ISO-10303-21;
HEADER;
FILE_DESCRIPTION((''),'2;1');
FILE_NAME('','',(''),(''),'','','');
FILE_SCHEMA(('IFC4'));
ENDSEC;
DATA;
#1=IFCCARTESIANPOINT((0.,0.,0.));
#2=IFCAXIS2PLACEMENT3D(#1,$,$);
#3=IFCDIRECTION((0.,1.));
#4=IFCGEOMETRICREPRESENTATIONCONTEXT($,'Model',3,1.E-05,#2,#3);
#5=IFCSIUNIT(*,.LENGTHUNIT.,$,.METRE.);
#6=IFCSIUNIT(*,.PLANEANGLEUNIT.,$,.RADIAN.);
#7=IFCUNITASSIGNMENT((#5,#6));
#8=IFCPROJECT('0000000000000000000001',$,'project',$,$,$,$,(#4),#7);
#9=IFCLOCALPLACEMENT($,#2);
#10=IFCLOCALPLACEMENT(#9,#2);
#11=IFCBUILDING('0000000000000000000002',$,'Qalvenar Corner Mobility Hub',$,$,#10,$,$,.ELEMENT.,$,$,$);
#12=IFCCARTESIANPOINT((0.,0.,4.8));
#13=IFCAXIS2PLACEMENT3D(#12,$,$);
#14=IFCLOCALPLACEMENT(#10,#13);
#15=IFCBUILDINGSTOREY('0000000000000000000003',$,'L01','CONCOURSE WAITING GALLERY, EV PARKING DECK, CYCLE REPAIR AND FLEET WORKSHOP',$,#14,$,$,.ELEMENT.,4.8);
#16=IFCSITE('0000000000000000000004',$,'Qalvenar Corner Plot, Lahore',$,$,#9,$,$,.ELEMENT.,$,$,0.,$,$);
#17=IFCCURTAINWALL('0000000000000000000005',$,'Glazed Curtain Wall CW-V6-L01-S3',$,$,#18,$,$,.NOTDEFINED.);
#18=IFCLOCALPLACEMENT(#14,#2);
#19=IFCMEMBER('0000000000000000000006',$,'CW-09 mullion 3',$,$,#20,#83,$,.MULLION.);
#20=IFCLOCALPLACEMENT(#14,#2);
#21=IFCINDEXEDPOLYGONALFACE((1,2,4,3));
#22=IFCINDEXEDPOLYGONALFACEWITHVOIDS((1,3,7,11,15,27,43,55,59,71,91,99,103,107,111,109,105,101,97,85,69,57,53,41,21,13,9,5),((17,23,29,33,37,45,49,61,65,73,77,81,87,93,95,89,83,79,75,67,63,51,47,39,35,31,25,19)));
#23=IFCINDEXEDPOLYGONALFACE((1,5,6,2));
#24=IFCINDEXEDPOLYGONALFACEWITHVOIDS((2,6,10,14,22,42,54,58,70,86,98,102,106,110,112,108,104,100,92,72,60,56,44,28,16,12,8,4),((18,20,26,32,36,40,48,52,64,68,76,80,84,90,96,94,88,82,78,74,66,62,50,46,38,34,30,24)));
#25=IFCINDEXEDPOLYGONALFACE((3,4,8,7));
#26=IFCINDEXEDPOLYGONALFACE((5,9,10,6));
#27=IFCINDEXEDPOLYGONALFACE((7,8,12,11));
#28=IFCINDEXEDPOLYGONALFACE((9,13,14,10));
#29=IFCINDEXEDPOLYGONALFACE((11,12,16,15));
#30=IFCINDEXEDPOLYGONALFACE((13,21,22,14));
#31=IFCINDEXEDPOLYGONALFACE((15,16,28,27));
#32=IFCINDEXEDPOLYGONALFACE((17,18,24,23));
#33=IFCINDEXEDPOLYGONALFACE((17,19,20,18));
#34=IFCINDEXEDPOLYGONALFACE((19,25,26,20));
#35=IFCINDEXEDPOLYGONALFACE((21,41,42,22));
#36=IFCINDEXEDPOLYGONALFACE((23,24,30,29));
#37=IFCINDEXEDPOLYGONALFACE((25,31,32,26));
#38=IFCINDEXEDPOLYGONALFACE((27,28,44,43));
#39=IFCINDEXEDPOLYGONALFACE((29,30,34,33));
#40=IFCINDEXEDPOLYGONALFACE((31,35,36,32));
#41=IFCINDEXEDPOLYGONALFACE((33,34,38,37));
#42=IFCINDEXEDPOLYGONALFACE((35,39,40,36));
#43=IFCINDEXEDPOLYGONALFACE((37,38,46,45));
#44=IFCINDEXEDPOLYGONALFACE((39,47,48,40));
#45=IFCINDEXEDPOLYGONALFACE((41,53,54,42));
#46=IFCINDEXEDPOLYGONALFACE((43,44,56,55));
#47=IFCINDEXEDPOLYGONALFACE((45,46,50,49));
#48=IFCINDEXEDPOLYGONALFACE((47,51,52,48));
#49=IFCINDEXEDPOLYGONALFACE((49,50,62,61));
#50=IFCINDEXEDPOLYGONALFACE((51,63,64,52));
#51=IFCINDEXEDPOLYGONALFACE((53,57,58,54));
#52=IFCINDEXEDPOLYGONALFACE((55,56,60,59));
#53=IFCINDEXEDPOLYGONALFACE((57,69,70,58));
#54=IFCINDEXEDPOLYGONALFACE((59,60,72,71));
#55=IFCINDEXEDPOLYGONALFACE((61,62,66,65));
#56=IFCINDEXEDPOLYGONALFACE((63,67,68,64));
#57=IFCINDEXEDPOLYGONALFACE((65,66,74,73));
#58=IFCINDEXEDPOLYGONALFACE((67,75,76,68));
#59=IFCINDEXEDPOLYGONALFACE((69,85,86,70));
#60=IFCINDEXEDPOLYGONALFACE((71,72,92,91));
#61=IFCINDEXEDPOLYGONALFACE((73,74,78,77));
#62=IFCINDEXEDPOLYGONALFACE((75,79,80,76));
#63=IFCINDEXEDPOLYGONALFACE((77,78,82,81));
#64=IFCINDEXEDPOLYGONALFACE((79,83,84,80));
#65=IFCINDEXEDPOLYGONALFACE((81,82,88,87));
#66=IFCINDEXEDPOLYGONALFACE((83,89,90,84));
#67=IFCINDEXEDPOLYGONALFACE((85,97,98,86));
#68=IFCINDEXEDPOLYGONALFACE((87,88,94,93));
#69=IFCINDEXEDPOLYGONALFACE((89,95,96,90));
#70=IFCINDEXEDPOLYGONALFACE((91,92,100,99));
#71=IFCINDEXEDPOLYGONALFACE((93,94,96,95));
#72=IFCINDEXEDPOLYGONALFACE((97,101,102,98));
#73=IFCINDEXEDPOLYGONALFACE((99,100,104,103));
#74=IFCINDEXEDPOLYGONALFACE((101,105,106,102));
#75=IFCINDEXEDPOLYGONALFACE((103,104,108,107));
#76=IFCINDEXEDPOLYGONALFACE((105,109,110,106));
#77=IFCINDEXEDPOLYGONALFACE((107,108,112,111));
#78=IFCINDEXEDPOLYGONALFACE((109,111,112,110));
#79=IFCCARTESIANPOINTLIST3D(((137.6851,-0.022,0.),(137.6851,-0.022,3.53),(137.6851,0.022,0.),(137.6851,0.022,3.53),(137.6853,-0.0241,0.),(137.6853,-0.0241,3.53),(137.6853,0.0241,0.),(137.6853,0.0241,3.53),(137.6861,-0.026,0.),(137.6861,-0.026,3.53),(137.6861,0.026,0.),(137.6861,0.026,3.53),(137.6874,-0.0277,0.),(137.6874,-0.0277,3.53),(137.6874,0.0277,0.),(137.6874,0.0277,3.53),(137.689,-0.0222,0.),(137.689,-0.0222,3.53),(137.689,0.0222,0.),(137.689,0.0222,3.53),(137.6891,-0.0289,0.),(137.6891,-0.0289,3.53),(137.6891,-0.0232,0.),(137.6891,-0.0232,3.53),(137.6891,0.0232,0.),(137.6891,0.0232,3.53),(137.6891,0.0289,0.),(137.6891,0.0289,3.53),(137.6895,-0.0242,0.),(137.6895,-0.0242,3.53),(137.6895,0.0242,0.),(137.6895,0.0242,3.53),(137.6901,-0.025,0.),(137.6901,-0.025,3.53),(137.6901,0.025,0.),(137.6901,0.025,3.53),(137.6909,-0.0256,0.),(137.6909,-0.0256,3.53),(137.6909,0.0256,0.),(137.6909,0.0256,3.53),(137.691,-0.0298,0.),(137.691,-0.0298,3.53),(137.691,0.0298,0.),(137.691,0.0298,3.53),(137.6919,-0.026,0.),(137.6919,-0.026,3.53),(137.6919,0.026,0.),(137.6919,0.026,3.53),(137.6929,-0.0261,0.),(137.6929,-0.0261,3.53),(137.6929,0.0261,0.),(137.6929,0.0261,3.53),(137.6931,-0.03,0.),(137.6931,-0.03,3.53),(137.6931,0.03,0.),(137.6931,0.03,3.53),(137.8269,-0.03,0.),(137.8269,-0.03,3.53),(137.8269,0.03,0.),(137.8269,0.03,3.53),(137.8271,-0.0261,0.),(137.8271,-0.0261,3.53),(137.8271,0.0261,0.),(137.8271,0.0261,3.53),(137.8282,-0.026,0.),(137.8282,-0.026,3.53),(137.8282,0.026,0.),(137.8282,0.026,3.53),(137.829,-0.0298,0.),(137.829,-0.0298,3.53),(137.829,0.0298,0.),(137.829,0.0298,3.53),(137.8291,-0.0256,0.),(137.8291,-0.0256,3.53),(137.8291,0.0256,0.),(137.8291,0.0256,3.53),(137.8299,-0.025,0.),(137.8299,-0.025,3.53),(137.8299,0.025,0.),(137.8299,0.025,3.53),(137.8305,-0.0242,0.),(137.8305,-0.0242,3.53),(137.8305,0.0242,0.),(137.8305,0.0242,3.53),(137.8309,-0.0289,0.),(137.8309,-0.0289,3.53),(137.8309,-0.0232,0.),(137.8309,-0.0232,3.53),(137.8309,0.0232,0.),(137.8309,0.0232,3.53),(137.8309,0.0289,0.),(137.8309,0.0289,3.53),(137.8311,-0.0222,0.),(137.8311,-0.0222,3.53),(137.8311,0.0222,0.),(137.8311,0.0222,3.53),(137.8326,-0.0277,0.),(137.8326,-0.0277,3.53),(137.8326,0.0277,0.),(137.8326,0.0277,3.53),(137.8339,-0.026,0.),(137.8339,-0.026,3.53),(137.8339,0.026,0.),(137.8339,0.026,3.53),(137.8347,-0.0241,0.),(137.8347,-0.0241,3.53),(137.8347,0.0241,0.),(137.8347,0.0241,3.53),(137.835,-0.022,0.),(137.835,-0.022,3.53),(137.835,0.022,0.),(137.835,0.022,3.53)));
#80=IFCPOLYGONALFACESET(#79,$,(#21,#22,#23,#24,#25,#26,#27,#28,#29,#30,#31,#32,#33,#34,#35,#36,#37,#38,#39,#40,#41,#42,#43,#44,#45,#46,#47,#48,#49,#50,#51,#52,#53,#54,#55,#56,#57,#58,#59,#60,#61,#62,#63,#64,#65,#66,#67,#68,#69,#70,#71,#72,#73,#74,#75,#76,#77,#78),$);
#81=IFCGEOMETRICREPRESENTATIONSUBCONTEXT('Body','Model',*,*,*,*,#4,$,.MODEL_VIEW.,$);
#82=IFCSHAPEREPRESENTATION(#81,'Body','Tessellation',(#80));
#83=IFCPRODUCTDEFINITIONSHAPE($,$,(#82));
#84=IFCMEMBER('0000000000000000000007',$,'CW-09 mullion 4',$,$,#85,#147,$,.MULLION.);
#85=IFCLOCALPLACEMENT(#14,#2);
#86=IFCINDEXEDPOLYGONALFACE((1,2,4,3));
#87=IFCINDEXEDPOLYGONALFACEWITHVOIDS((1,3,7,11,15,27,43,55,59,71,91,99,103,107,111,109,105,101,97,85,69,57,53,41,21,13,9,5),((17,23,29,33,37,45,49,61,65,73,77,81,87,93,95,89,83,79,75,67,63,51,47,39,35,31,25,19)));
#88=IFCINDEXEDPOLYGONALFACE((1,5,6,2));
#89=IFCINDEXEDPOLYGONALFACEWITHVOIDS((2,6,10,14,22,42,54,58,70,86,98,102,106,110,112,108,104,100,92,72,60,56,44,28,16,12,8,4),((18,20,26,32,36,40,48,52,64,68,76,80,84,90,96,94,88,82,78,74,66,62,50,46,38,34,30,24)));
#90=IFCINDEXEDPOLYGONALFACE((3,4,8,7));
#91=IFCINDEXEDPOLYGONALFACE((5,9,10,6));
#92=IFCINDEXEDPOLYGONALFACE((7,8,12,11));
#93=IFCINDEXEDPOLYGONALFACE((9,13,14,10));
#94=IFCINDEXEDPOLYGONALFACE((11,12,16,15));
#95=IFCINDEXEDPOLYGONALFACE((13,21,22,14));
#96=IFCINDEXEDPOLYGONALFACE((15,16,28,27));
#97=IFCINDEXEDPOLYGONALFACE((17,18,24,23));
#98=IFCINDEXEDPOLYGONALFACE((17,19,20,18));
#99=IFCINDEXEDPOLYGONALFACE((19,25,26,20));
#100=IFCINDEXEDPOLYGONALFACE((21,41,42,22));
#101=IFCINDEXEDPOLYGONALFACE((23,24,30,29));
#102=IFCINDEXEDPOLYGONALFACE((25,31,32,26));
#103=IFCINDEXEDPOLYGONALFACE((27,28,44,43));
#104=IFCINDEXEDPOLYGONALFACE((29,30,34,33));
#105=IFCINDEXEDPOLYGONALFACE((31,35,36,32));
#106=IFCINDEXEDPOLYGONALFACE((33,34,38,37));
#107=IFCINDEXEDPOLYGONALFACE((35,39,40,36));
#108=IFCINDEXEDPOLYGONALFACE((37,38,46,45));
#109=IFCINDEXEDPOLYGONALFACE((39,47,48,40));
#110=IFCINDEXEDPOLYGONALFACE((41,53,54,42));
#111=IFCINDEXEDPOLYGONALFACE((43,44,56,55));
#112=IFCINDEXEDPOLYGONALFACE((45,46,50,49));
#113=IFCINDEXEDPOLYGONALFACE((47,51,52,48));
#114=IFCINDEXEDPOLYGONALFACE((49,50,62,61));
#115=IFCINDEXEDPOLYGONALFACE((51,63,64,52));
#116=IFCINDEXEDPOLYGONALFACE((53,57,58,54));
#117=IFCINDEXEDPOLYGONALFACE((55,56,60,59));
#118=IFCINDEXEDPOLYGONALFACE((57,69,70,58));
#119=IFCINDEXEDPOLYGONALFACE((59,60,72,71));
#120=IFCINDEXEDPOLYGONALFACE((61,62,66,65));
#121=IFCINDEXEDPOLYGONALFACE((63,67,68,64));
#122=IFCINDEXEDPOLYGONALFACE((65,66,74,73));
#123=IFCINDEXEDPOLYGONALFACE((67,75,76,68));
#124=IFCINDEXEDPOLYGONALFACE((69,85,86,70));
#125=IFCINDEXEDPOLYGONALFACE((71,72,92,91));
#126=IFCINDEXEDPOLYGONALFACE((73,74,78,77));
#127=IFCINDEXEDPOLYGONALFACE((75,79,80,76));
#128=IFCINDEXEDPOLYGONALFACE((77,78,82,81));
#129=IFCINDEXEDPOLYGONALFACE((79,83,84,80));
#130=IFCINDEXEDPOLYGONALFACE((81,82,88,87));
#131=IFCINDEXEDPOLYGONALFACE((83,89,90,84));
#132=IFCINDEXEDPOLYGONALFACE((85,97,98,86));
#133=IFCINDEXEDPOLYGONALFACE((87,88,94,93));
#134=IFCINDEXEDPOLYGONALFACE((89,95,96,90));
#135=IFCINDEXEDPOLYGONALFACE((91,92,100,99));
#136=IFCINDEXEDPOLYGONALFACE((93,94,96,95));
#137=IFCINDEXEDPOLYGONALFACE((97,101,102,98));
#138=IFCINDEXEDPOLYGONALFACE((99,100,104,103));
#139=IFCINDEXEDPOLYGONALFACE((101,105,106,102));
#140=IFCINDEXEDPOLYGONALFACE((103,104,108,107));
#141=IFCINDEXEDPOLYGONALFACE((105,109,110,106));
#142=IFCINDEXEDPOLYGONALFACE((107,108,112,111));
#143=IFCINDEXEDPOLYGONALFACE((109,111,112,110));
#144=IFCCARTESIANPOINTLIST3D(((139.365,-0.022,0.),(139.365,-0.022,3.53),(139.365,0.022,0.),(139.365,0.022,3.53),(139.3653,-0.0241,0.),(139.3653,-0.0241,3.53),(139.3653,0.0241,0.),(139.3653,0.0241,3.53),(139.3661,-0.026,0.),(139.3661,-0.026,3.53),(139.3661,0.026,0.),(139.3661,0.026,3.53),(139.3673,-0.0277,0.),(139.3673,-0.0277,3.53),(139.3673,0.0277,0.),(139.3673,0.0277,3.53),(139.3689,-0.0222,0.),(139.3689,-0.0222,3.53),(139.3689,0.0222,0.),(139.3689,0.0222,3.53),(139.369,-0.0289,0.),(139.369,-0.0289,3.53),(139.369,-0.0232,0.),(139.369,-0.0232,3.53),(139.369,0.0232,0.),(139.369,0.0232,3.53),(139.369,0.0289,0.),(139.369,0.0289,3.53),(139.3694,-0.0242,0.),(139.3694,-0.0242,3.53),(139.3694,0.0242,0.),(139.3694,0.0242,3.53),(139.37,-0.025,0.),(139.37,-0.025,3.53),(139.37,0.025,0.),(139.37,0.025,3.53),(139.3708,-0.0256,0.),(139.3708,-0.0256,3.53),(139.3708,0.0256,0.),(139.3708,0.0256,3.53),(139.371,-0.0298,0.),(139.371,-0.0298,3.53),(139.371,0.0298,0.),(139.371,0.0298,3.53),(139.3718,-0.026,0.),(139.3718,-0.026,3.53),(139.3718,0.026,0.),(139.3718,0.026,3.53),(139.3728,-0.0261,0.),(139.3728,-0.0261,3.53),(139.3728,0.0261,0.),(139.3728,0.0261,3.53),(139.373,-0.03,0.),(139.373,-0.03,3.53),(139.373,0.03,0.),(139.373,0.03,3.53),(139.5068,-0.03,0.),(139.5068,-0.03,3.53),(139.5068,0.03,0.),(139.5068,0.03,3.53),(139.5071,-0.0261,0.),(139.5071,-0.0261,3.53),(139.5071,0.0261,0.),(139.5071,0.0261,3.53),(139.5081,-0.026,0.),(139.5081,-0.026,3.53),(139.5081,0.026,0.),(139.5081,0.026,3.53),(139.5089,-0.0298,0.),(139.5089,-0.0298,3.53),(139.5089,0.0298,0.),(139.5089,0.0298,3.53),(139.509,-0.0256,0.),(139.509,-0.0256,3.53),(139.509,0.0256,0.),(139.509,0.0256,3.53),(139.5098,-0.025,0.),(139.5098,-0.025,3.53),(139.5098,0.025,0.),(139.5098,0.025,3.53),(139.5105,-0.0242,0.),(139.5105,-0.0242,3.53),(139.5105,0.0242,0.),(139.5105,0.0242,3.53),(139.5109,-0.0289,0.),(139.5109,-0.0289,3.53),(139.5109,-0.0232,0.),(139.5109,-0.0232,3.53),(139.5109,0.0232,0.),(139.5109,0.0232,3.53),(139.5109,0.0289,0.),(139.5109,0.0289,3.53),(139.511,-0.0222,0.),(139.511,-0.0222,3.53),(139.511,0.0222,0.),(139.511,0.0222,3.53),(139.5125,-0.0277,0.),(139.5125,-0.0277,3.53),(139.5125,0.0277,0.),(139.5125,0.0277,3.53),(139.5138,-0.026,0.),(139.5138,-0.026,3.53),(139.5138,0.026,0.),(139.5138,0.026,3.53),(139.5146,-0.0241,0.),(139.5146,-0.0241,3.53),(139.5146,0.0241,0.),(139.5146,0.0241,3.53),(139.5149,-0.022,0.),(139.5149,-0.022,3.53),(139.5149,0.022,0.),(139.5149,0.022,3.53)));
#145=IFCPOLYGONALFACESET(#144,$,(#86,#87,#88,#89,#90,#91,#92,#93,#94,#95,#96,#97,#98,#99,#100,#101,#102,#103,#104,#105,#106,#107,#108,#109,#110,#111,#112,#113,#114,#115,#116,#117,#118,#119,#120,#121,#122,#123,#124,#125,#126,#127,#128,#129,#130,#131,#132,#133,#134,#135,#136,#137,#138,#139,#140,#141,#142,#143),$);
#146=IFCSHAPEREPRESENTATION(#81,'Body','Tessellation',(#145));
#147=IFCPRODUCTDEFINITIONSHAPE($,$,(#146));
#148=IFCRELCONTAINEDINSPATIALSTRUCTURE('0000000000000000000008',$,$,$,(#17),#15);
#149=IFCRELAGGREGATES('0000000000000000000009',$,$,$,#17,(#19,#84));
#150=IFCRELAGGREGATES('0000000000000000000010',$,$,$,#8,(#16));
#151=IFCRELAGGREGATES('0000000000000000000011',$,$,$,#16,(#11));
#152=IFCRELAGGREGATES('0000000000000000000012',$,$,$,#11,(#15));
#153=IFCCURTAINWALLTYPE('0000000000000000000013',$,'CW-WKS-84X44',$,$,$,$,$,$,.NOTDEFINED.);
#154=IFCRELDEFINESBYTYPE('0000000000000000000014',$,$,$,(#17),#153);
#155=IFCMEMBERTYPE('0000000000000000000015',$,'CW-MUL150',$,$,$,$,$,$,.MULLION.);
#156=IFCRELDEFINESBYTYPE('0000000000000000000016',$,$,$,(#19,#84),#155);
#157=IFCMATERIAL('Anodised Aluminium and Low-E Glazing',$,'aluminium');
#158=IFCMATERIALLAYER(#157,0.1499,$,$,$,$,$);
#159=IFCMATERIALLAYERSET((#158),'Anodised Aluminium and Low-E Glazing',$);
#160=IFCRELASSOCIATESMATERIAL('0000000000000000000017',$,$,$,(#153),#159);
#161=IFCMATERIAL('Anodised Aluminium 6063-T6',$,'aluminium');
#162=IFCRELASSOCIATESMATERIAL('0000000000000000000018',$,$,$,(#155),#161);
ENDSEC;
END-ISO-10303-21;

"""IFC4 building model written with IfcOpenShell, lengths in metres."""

from ifc_helpers import new_model, si_unit, direction, frame, origin, origin_2d, place, context, subcontext, project, spatial, hollow_rectangle, extrude, material, layer, layer_set, material_profile, profile_set, type_object, element, aggregate, save


model = new_model("IFC4")

# Units and contexts
model_context = context("Model", 3, precision=1e-05, world=origin(), true_north=direction((0.0, 1.0)))
body_context = subcontext(model_context, "Body", "Model", "MODEL_VIEW")
ifc_project = project(units=[si_unit("LENGTHUNIT", "METRE"), si_unit("PLANEANGLEUNIT", "RADIAN")], contexts=[model_context])

# Site, building, storey
site_placement = place(None, origin())
site = spatial("IfcSite", under=ifc_project, at=site_placement, Name="Qalvenar Corner Plot, Lahore", CompositionType="ELEMENT", RefElevation=0.0)
building_placement = place(site_placement, origin())
building = spatial("IfcBuilding", under=site, at=building_placement, Name="Qalvenar Corner Mobility Hub", CompositionType="ELEMENT")
storey_placement = place(building_placement, frame((0.0, 0.0, 4.8)))
storey = spatial("IfcBuildingStorey", under=building, at=storey_placement, Name="L01", Description="CONCOURSE WAITING GALLERY, EV PARKING DECK, CYCLE REPAIR AND FLEET WORKSHOP", CompositionType="ELEMENT", Elevation=4.8)

# Curtain wall, members
ifc_material_1 = material(Name="Anodised Aluminium and Low-E Glazing", Category="aluminium")
ifc_layer_1 = layer(ifc_material_1, 0.1499)
ifc_layer_set_1 = layer_set([ifc_layer_1], Name="Anodised Aluminium and Low-E Glazing")
curtain_wall_type = type_object("IfcCurtainWallType", Name="CW-WKS-84X44", PredefinedType="NOTDEFINED", material=ifc_layer_set_1)
curtain_wall_placement = place(storey_placement, origin())
curtain_wall = element("IfcCurtainWall", 1, at=curtain_wall_placement, inside=storey, type_object=curtain_wall_type, Name="Glazed Curtain Wall CW-V6-L01-S3", PredefinedType="NOTDEFINED")
ifc_material_2 = material(Name="Anodised Aluminium 6063-T6", Category="aluminium")
ifc_material_profile_1 = material_profile(ifc_material_2, hollow_rectangle(XDim=0.0601, YDim=0.1499, WallThickness=0.0039, InnerFilletRadius=0.0039, OuterFilletRadius=0.0081, at=origin_2d()), Name="RHS150x60x4")
ifc_profile_set_1 = profile_set([ifc_material_profile_1], Name="Anodised Aluminium 6063-T6")
member_type_1 = type_object("IfcMemberType", Name="CW-MUL150", PredefinedType="MULLION", material=ifc_profile_set_1)
member_1_placement = place(storey_placement, frame((137.76, 0.0, 0.0), z_axis=(0.0, 0.0, 1.0), x_axis=(0.0, 1.0, 0.0)))
member_1 = element("IfcMember", 2, at=member_1_placement, type_object=member_type_1, Name="CW-09 mullion 3", PredefinedType="MULLION", context=body_context, shape_type="SweptSolid", body=[
    extrude(hollow_rectangle(XDim=0.0601, YDim=0.1499, WallThickness=0.0039, InnerFilletRadius=0.0039, OuterFilletRadius=0.0081, at=origin_2d()), origin(), (0.0, 0.0, 1.0), 3.53),
])
member_2_placement = place(storey_placement, frame((139.4399, 0.0, 0.0), z_axis=(0.0, 0.0, 1.0), x_axis=(0.0, 1.0, 0.0)))
member_2 = element("IfcMember", 3, at=member_2_placement, type_object=member_type_1, Name="CW-09 mullion 4", PredefinedType="MULLION", context=body_context, shape_type="SweptSolid", body=[
    extrude(hollow_rectangle(XDim=0.0601, YDim=0.1499, WallThickness=0.0039, InnerFilletRadius=0.0039, OuterFilletRadius=0.0081, at=origin_2d()), origin(), (0.0, 0.0, 1.0), 3.53),
])
aggregate(curtain_wall, [member_1, member_2])

save(model, "model.ifc")
